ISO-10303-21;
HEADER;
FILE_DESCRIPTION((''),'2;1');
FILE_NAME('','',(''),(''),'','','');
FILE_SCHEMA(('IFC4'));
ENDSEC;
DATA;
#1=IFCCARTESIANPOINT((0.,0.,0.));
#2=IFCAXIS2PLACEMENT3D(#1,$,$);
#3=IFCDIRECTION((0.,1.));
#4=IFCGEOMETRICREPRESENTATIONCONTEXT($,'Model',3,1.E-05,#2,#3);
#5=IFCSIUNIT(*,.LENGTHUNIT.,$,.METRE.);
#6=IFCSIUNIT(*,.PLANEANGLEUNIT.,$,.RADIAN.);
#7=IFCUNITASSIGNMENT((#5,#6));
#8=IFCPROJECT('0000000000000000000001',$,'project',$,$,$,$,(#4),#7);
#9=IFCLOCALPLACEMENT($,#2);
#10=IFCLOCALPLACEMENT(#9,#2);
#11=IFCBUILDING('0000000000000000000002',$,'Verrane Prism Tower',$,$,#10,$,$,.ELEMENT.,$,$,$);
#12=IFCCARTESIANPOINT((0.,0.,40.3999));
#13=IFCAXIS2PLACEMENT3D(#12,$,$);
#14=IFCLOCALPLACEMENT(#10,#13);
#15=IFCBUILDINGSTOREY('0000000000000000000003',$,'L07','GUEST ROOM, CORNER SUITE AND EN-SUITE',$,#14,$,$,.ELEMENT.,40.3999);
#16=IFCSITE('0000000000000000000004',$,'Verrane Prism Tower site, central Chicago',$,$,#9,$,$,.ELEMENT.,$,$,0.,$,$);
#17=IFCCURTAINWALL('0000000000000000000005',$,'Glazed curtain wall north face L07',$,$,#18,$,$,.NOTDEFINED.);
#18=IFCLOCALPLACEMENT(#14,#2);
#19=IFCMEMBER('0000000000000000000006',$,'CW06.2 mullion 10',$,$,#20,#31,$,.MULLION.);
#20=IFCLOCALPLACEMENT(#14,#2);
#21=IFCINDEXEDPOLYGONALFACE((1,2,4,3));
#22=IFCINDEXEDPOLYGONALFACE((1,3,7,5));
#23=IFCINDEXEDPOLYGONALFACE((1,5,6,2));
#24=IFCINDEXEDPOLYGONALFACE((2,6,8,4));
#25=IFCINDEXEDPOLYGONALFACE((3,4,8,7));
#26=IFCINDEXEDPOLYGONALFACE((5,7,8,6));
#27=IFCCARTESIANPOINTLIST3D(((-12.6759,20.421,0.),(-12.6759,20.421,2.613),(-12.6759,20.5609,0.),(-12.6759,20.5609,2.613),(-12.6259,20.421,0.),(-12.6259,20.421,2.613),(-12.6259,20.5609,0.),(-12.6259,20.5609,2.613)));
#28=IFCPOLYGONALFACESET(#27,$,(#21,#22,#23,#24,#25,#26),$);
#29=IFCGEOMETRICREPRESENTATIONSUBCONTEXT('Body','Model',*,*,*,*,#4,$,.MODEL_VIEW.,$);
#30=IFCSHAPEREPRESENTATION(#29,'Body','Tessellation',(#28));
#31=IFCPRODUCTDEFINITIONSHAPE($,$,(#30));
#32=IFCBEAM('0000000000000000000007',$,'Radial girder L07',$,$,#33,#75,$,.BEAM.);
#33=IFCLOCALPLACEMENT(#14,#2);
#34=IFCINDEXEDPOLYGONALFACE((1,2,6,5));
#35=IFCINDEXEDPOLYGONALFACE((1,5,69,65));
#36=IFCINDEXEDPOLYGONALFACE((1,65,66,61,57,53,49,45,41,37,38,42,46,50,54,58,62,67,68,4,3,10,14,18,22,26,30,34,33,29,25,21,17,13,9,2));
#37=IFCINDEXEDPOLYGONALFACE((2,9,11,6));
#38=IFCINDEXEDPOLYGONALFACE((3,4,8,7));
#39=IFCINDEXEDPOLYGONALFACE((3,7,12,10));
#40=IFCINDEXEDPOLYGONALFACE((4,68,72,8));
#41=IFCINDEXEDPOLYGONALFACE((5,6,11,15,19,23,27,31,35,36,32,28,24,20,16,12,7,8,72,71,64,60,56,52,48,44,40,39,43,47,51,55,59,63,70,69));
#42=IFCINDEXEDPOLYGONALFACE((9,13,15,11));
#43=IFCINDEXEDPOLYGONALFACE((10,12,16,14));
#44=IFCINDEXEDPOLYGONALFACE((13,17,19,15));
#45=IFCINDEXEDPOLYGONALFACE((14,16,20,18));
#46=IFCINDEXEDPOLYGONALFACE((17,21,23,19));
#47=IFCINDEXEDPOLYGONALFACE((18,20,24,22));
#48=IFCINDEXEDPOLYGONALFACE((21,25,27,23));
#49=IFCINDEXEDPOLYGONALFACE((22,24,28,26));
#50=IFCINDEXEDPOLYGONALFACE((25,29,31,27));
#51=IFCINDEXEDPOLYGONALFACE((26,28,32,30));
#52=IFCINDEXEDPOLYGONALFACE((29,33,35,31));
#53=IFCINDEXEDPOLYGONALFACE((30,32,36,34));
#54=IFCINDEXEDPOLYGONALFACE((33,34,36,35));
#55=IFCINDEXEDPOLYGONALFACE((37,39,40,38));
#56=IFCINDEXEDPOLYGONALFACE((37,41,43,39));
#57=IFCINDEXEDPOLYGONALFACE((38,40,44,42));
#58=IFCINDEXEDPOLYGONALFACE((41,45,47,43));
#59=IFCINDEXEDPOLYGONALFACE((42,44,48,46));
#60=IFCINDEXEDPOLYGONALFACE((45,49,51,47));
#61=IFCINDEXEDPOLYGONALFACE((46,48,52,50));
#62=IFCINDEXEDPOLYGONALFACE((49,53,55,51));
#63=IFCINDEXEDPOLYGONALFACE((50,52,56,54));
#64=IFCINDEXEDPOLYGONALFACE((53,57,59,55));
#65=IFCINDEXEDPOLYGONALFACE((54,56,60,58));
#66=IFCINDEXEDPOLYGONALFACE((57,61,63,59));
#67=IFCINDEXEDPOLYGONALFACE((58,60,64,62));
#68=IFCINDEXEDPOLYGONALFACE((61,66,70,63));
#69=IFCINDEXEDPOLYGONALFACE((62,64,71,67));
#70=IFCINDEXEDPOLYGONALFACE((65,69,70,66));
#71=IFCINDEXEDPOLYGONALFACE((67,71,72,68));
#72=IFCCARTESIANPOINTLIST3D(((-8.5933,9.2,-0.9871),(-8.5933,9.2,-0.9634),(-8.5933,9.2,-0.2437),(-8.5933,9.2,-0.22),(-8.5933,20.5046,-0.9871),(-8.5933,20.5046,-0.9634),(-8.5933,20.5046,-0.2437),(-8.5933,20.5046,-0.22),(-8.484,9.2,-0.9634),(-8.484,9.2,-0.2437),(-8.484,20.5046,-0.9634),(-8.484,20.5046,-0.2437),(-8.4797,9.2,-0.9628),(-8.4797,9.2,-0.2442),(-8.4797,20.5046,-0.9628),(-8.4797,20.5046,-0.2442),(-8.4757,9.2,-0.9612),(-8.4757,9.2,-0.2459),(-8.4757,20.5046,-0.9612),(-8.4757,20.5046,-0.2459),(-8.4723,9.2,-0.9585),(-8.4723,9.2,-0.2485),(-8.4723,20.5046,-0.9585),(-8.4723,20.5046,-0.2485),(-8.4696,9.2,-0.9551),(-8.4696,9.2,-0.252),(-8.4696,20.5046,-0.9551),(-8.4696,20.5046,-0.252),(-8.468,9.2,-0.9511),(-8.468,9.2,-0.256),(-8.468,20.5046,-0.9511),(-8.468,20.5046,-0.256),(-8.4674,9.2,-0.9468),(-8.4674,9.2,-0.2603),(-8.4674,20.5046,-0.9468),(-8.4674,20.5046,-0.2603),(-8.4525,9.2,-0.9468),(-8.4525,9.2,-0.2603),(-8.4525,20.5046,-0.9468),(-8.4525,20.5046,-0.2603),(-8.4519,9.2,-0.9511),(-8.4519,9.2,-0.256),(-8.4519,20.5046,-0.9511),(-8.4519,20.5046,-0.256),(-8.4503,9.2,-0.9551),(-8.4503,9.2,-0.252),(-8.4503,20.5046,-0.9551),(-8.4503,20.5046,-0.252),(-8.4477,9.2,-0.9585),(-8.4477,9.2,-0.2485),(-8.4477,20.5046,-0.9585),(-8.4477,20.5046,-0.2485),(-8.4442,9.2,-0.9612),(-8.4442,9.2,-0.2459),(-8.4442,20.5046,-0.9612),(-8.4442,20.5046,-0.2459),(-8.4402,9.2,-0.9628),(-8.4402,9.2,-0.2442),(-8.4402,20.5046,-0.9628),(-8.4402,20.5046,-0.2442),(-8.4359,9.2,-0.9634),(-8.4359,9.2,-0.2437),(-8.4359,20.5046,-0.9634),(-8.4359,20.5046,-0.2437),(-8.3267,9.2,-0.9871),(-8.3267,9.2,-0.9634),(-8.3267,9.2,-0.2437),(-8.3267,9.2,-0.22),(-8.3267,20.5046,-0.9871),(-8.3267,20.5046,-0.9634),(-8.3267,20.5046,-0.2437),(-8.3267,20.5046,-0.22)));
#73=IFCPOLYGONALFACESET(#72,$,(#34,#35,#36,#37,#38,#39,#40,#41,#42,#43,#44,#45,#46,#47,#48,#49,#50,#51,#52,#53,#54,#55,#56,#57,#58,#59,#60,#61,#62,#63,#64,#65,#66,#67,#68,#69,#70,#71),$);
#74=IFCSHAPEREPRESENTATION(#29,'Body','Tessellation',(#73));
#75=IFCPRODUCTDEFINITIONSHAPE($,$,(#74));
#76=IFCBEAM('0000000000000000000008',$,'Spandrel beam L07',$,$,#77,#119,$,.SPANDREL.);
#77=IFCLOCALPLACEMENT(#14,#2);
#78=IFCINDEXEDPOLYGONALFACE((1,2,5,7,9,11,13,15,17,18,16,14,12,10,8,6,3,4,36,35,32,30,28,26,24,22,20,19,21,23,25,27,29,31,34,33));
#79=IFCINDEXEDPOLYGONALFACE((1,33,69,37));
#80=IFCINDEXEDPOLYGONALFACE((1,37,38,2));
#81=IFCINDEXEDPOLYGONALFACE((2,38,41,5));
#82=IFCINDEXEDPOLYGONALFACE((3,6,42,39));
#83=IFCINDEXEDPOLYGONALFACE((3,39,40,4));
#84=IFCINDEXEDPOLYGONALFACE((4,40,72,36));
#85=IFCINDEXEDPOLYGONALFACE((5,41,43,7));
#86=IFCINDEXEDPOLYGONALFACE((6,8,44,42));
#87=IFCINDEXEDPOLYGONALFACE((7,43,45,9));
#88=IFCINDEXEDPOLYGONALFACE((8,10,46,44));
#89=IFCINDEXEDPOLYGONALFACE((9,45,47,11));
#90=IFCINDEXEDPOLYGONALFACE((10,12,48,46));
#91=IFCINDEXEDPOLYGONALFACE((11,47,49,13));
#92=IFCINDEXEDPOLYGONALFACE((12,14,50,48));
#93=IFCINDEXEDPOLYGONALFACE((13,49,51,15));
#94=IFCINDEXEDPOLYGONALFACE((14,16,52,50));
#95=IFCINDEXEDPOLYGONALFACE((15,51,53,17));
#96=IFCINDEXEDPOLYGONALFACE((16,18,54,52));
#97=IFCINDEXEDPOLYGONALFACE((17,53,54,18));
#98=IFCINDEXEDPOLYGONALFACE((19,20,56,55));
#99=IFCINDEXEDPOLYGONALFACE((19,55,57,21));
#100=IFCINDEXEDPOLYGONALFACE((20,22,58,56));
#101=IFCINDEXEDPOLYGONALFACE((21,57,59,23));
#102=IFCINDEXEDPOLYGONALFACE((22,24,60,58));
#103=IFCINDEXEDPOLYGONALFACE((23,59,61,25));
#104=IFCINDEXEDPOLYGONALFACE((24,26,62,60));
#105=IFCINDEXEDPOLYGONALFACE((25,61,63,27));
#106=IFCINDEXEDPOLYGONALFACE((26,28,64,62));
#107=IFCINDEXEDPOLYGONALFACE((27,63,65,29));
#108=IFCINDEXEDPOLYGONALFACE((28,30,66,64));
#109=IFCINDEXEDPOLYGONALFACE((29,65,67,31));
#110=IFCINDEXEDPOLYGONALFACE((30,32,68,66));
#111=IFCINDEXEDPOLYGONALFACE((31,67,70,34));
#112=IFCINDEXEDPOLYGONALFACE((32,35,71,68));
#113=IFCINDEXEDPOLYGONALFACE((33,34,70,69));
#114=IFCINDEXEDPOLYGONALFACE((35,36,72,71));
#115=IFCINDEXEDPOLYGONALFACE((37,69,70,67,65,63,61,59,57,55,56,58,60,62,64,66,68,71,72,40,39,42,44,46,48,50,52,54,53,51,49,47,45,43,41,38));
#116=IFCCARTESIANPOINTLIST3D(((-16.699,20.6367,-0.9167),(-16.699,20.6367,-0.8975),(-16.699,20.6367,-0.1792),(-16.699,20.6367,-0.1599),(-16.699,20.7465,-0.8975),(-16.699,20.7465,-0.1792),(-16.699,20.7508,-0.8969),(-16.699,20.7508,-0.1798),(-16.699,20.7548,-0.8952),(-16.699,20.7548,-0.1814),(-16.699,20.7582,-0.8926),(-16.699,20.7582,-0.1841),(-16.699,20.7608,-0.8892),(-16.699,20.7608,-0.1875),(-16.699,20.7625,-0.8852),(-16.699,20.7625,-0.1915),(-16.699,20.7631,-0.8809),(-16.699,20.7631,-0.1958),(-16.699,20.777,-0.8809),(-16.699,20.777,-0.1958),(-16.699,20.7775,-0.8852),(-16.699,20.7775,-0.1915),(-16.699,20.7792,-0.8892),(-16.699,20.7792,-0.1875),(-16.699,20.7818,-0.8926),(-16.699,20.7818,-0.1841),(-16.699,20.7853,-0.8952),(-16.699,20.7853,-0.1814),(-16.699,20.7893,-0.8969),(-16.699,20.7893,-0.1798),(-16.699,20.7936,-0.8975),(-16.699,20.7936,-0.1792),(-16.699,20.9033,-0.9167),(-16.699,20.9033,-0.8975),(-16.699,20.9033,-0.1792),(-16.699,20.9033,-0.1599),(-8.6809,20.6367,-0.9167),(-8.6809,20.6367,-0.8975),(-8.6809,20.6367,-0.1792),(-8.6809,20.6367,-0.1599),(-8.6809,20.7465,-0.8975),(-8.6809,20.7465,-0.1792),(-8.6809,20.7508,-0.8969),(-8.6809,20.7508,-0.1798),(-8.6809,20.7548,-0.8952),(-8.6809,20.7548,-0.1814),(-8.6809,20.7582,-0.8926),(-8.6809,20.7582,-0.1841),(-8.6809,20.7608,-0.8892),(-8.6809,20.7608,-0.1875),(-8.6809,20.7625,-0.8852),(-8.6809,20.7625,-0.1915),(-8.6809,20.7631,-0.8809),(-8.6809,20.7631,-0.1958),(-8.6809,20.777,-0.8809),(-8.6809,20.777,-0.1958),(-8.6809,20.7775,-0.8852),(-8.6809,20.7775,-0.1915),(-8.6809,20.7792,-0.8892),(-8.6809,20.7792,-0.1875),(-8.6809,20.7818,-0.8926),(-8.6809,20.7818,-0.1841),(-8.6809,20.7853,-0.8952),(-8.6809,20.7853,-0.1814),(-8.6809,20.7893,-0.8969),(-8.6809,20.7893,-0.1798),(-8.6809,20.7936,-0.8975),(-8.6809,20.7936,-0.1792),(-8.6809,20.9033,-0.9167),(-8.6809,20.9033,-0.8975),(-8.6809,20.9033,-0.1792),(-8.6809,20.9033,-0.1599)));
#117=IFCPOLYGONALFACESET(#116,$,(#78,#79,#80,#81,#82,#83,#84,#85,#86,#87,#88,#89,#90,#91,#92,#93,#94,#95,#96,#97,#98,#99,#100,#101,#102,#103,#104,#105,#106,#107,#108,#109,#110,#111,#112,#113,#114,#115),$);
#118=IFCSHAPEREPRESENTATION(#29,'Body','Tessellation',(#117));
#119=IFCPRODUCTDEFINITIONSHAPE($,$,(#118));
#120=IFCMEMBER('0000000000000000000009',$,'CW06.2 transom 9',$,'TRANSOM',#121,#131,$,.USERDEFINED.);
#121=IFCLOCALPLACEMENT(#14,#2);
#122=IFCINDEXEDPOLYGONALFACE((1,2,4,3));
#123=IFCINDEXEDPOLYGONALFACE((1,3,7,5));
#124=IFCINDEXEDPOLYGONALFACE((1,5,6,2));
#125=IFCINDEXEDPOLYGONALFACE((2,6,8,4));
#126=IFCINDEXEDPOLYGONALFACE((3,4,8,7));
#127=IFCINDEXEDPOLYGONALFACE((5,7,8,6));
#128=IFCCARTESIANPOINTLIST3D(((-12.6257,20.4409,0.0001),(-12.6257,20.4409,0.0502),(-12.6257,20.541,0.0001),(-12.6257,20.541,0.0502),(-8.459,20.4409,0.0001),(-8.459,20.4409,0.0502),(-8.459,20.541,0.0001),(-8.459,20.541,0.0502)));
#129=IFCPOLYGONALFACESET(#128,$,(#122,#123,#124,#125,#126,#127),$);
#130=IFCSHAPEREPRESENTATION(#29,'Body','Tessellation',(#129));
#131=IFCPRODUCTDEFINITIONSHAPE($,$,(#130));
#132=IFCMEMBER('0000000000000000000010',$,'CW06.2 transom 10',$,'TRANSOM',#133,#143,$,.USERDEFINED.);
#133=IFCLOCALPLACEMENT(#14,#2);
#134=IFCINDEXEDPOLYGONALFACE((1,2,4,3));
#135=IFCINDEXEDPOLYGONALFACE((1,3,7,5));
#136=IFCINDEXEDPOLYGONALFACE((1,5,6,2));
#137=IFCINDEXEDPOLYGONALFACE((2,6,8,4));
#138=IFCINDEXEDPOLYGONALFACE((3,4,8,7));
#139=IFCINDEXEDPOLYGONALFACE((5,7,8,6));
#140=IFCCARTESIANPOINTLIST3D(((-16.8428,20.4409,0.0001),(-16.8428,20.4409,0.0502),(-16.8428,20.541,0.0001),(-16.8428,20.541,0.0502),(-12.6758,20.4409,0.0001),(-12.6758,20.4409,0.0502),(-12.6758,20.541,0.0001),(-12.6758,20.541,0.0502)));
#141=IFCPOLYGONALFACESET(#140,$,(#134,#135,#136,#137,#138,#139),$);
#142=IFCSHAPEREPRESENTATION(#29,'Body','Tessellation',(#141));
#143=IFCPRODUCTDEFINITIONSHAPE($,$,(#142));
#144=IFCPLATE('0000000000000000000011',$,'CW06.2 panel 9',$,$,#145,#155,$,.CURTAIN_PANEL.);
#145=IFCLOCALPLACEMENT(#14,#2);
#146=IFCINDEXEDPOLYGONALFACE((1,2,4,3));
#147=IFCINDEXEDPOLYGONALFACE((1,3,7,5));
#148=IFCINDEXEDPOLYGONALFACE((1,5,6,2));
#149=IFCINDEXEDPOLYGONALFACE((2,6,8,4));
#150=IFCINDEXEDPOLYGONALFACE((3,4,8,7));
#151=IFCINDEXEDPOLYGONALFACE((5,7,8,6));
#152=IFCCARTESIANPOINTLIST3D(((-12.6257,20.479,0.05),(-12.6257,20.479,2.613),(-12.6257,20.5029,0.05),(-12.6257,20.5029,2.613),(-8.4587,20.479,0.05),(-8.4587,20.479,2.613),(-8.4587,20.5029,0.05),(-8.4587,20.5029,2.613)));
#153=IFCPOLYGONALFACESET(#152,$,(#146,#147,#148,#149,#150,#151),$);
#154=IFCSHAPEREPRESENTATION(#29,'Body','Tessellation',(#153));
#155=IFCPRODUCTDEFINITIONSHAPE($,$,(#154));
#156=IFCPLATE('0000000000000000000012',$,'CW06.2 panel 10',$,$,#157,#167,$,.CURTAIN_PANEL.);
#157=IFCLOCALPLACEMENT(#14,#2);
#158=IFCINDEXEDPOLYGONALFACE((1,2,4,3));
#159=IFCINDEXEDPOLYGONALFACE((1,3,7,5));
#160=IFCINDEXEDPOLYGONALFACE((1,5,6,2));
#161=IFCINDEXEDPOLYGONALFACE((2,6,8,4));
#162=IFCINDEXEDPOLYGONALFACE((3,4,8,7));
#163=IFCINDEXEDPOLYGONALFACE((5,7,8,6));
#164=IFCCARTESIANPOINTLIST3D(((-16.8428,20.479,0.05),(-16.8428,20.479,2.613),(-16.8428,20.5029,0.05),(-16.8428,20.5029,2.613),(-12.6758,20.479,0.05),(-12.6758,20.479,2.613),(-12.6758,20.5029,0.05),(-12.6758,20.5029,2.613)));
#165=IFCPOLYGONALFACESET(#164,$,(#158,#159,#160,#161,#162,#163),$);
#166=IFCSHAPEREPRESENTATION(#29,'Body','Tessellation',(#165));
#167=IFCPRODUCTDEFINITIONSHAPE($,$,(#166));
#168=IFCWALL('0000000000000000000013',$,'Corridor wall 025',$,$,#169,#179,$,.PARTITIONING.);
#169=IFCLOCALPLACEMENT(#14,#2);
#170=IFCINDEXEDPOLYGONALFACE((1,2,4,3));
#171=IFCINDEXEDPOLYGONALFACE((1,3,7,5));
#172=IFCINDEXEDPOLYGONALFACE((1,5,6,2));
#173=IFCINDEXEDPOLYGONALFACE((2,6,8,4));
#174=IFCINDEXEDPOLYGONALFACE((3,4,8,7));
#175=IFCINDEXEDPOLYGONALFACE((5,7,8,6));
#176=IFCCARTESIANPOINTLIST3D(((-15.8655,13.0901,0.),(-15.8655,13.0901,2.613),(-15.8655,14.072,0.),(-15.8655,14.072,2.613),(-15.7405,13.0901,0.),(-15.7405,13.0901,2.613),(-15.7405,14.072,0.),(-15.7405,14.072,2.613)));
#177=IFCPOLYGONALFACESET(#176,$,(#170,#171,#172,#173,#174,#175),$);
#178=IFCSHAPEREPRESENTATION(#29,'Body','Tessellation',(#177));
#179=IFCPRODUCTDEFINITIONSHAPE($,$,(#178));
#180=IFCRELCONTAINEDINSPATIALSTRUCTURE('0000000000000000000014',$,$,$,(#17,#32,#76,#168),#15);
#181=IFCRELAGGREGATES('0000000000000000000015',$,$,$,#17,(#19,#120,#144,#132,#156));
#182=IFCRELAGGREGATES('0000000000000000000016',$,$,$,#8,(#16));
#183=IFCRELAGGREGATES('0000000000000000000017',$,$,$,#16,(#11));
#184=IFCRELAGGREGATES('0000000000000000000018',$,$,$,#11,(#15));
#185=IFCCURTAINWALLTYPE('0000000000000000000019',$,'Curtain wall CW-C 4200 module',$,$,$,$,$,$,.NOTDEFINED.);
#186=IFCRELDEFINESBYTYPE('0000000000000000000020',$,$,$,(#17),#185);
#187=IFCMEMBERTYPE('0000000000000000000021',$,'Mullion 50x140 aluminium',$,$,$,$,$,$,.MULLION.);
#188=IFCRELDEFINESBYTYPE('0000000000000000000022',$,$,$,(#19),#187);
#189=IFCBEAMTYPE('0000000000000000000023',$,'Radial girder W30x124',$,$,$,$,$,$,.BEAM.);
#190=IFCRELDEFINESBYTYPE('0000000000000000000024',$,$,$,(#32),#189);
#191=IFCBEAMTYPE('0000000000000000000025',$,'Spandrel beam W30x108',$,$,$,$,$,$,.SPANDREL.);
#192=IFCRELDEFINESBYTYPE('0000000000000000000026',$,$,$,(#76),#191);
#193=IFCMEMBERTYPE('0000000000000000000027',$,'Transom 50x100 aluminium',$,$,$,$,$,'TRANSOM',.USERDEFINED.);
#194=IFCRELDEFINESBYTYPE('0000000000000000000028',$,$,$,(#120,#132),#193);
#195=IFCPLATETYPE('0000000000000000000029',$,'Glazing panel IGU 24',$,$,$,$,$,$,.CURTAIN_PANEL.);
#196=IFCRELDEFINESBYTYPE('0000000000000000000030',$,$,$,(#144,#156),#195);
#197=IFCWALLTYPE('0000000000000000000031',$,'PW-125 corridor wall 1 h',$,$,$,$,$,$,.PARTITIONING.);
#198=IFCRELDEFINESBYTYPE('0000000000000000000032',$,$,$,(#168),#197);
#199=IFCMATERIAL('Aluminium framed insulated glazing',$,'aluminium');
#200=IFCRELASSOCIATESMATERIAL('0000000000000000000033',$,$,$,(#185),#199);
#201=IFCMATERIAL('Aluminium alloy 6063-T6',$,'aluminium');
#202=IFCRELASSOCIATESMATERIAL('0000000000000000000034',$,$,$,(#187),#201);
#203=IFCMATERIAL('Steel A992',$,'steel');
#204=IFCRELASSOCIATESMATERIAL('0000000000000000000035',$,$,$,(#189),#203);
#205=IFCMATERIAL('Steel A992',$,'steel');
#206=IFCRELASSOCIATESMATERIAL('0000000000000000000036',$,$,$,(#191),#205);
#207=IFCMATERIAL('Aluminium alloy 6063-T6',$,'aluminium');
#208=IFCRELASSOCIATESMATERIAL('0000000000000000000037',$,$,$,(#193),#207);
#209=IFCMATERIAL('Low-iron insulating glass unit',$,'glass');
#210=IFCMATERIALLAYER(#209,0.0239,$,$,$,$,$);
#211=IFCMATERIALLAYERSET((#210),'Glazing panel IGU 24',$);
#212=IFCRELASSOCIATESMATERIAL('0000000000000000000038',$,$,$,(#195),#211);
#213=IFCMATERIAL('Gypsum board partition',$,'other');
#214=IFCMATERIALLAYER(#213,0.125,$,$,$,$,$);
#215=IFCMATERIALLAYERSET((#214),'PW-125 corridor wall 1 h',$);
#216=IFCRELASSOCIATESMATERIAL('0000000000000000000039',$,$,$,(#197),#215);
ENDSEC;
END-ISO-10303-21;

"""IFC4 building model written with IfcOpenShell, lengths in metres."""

from ifc_helpers import new_model, si_unit, direction, frame, frame_2d, origin, origin_2d, place, context, subcontext, project, spatial, rectangle, i_section, extrude, material, layer, layer_set, material_profile, profile_set, type_object, element, aggregate, save


model = new_model("IFC4")

# Units and contexts
model_context = context("Model", 3, precision=1e-05, world=origin(), true_north=direction((0.0, 1.0)))
body_context = subcontext(model_context, "Body", "Model", "MODEL_VIEW")
ifc_project = project(units=[si_unit("LENGTHUNIT", "METRE"), si_unit("PLANEANGLEUNIT", "RADIAN")], contexts=[model_context])

# Site, building, storey
site_placement = place(None, origin())
site = spatial("IfcSite", under=ifc_project, at=site_placement, Name="Verrane Prism Tower site, central Chicago", CompositionType="ELEMENT", RefElevation=0.0)
building_placement = place(site_placement, origin())
building = spatial("IfcBuilding", under=site, at=building_placement, Name="Verrane Prism Tower", CompositionType="ELEMENT")
storey_placement = place(building_placement, frame((0.0, 0.0, 40.3999)))
storey = spatial("IfcBuildingStorey", under=building, at=storey_placement, Name="L07", Description="GUEST ROOM, CORNER SUITE AND EN-SUITE", CompositionType="ELEMENT", Elevation=40.3999)

# Curtain wall, member
ifc_material_1 = material(Name="Aluminium framed insulated glazing", Category="aluminium")
curtain_wall_type = type_object("IfcCurtainWallType", Name="Curtain wall CW-C 4200 module", PredefinedType="NOTDEFINED", material=ifc_material_1)
curtain_wall_placement = place(storey_placement, origin())
curtain_wall = element("IfcCurtainWall", 1, at=curtain_wall_placement, inside=storey, type_object=curtain_wall_type, Name="Glazed curtain wall north face L07", PredefinedType="NOTDEFINED")
ifc_material_2 = material(Name="Aluminium alloy 6063-T6", Category="aluminium")
ifc_material_profile_1 = material_profile(ifc_material_2, rectangle(XDim=0.1399, YDim=0.05, at=origin_2d()), Name="Mullion 50x140 aluminium")
ifc_profile_set_1 = profile_set([ifc_material_profile_1], Name="Aluminium alloy 6063-T6")
member_type_1 = type_object("IfcMemberType", Name="Mullion 50x140 aluminium", PredefinedType="MULLION", material=ifc_profile_set_1)
member_1_placement = place(storey_placement, frame((-12.6509, 20.491, 0.0), z_axis=(0.0, 0.0, 1.0), x_axis=(0.0, -1.0, 0.0)))
member_1 = element("IfcMember", 2, at=member_1_placement, type_object=member_type_1, Name="CW06.2 mullion 10", PredefinedType="MULLION", context=body_context, shape_type="SweptSolid", body=[
    extrude(rectangle(XDim=0.1399, YDim=0.05, at=origin_2d()), origin(), (0.0, 0.0, 1.0), 2.613),
])

# Beams
ifc_material_3 = material(Name="Steel A992", Category="steel")
ifc_material_profile_2 = material_profile(ifc_material_3, i_section(OverallWidth=0.2666, OverallDepth=0.7671, WebThickness=0.0149, FlangeThickness=0.0237, FilletRadius=0.0166, at=origin_2d()), Name="W30x124")
ifc_profile_set_2 = profile_set([ifc_material_profile_2], Name="Steel A992")
beam_type_1 = type_object("IfcBeamType", Name="Radial girder W30x124", PredefinedType="BEAM", material=ifc_profile_set_2)
beam_1_placement = place(storey_placement, frame((-8.46, 20.5046, -0.6035), z_axis=(0.0, -1.0, 0.0), x_axis=(1.0, 0.0, 0.0)))
element("IfcBeam", 3, at=beam_1_placement, inside=storey, type_object=beam_type_1, Name="Radial girder L07", PredefinedType="BEAM", context=body_context, shape_type="SweptSolid", body=[
    extrude(i_section(OverallWidth=0.2666, OverallDepth=0.7671, WebThickness=0.0149, FlangeThickness=0.0237, FilletRadius=0.0166, at=origin_2d()), origin(), (0.0, 0.0, 1.0), 11.3047),
])
ifc_material_4 = material(Name="Steel A992", Category="steel")
ifc_material_profile_3 = material_profile(ifc_material_4, i_section(OverallWidth=0.2666, OverallDepth=0.7568, WebThickness=0.0139, FlangeThickness=0.0193, FilletRadius=0.0166, at=origin_2d()), Name="W30x108")
ifc_profile_set_3 = profile_set([ifc_material_profile_3], Name="Steel A992")
beam_type_2 = type_object("IfcBeamType", Name="Spandrel beam W30x108", PredefinedType="SPANDREL", material=ifc_profile_set_3)
beam_2_placement = place(storey_placement, frame((-8.6809, 20.77, -0.5383), z_axis=(-1.0, 0.0, 0.0), x_axis=(0.0, -1.0, 0.0)))
element("IfcBeam", 4, at=beam_2_placement, inside=storey, type_object=beam_type_2, Name="Spandrel beam L07", PredefinedType="SPANDREL", context=body_context, shape_type="SweptSolid", body=[
    extrude(i_section(OverallWidth=0.2666, OverallDepth=0.7568, WebThickness=0.0139, FlangeThickness=0.0193, FilletRadius=0.0166, at=origin_2d()), origin(), (0.0, 0.0, 1.0), 8.0181),
])

# Members
ifc_material_5 = material(Name="Aluminium alloy 6063-T6", Category="aluminium")
ifc_material_profile_4 = material_profile(ifc_material_5, rectangle(XDim=0.1001, YDim=0.05, at=origin_2d()), Name="Transom 50x100 aluminium")
ifc_profile_set_4 = profile_set([ifc_material_profile_4], Name="Aluminium alloy 6063-T6")
member_type_2 = type_object("IfcMemberType", Name="Transom 50x100 aluminium", ElementType="TRANSOM", PredefinedType="USERDEFINED", material=ifc_profile_set_4)
member_2_placement = place(storey_placement, frame((-8.459, 20.491, 0.0251), z_axis=(-1.0, 0.0, 0.0), x_axis=(0.0, -1.0, 0.0)))
member_2 = element("IfcMember", 5, at=member_2_placement, type_object=member_type_2, Name="CW06.2 transom 9", ObjectType="TRANSOM", PredefinedType="USERDEFINED", context=body_context, shape_type="SweptSolid", body=[
    extrude(rectangle(XDim=0.1001, YDim=0.05, at=origin_2d()), origin(), (0.0, 0.0, 1.0), 4.1667),
])
member_3_placement = place(storey_placement, frame((-12.6758, 20.491, 0.0251), z_axis=(-1.0, 0.0, 0.0), x_axis=(0.0, -1.0, 0.0)))
member_3 = element("IfcMember", 6, at=member_3_placement, type_object=member_type_2, Name="CW06.2 transom 10", ObjectType="TRANSOM", PredefinedType="USERDEFINED", context=body_context, shape_type="SweptSolid", body=[
    extrude(rectangle(XDim=0.1001, YDim=0.05, at=origin_2d()), origin(), (0.0, 0.0, 1.0), 4.167),
])

# Plates
ifc_material_6 = material(Name="Low-iron insulating glass unit", Category="glass")
ifc_layer_1 = layer(ifc_material_6, 0.0239)
ifc_layer_set_1 = layer_set([ifc_layer_1], Name="Glazing panel IGU 24")
plate_type = type_object("IfcPlateType", Name="Glazing panel IGU 24", PredefinedType="CURTAIN_PANEL", material=ifc_layer_set_1)
plate_1_placement = place(storey_placement, frame((-10.5422, 20.491, 0.05), z_axis=(0.0, 0.0, 1.0), x_axis=(-1.0, 0.0, 0.0)))
plate_1 = element("IfcPlate", 7, at=plate_1_placement, type_object=plate_type, Name="CW06.2 panel 9", PredefinedType="CURTAIN_PANEL", context=body_context, shape_type="SweptSolid", body=[
    extrude(rectangle(XDim=4.167, YDim=0.0239, at=origin_2d()), origin(), (0.0, 0.0, 1.0), 2.563),
])
plate_2_placement = place(storey_placement, frame((-14.7593, 20.491, 0.05), z_axis=(0.0, 0.0, 1.0), x_axis=(-1.0, 0.0, 0.0)))
plate_2 = element("IfcPlate", 8, at=plate_2_placement, type_object=plate_type, Name="CW06.2 panel 10", PredefinedType="CURTAIN_PANEL", context=body_context, shape_type="SweptSolid", body=[
    extrude(rectangle(XDim=4.167, YDim=0.0239, at=origin_2d()), origin(), (0.0, 0.0, 1.0), 2.563),
])
aggregate(curtain_wall, [member_1, member_2, plate_1, member_3, plate_2])

# Wall
ifc_material_7 = material(Name="Gypsum board partition", Category="other")
ifc_layer_2 = layer(ifc_material_7, 0.125)
ifc_layer_set_2 = layer_set([ifc_layer_2], Name="PW-125 corridor wall 1 h")
wall_type_1 = type_object("IfcWallType", Name="PW-125 corridor wall 1 h", PredefinedType="PARTITIONING", material=ifc_layer_set_2)
wall_1_placement = place(storey_placement, frame((-15.803, 13.0901, 0.0), z_axis=(0.0, 0.0, 1.0), x_axis=(0.0, 1.0, 0.0)))
element("IfcWall", 9, at=wall_1_placement, inside=storey, type_object=wall_type_1, Name="Corridor wall 025", PredefinedType="PARTITIONING", context=body_context, shape_type="SweptSolid", body=[
    extrude(rectangle(XDim=0.9819, YDim=0.125, at=frame_2d((0.491, 0.0))), origin(), (0.0, 0.0, 1.0), 2.613),
])

save(model, "model.ifc")
